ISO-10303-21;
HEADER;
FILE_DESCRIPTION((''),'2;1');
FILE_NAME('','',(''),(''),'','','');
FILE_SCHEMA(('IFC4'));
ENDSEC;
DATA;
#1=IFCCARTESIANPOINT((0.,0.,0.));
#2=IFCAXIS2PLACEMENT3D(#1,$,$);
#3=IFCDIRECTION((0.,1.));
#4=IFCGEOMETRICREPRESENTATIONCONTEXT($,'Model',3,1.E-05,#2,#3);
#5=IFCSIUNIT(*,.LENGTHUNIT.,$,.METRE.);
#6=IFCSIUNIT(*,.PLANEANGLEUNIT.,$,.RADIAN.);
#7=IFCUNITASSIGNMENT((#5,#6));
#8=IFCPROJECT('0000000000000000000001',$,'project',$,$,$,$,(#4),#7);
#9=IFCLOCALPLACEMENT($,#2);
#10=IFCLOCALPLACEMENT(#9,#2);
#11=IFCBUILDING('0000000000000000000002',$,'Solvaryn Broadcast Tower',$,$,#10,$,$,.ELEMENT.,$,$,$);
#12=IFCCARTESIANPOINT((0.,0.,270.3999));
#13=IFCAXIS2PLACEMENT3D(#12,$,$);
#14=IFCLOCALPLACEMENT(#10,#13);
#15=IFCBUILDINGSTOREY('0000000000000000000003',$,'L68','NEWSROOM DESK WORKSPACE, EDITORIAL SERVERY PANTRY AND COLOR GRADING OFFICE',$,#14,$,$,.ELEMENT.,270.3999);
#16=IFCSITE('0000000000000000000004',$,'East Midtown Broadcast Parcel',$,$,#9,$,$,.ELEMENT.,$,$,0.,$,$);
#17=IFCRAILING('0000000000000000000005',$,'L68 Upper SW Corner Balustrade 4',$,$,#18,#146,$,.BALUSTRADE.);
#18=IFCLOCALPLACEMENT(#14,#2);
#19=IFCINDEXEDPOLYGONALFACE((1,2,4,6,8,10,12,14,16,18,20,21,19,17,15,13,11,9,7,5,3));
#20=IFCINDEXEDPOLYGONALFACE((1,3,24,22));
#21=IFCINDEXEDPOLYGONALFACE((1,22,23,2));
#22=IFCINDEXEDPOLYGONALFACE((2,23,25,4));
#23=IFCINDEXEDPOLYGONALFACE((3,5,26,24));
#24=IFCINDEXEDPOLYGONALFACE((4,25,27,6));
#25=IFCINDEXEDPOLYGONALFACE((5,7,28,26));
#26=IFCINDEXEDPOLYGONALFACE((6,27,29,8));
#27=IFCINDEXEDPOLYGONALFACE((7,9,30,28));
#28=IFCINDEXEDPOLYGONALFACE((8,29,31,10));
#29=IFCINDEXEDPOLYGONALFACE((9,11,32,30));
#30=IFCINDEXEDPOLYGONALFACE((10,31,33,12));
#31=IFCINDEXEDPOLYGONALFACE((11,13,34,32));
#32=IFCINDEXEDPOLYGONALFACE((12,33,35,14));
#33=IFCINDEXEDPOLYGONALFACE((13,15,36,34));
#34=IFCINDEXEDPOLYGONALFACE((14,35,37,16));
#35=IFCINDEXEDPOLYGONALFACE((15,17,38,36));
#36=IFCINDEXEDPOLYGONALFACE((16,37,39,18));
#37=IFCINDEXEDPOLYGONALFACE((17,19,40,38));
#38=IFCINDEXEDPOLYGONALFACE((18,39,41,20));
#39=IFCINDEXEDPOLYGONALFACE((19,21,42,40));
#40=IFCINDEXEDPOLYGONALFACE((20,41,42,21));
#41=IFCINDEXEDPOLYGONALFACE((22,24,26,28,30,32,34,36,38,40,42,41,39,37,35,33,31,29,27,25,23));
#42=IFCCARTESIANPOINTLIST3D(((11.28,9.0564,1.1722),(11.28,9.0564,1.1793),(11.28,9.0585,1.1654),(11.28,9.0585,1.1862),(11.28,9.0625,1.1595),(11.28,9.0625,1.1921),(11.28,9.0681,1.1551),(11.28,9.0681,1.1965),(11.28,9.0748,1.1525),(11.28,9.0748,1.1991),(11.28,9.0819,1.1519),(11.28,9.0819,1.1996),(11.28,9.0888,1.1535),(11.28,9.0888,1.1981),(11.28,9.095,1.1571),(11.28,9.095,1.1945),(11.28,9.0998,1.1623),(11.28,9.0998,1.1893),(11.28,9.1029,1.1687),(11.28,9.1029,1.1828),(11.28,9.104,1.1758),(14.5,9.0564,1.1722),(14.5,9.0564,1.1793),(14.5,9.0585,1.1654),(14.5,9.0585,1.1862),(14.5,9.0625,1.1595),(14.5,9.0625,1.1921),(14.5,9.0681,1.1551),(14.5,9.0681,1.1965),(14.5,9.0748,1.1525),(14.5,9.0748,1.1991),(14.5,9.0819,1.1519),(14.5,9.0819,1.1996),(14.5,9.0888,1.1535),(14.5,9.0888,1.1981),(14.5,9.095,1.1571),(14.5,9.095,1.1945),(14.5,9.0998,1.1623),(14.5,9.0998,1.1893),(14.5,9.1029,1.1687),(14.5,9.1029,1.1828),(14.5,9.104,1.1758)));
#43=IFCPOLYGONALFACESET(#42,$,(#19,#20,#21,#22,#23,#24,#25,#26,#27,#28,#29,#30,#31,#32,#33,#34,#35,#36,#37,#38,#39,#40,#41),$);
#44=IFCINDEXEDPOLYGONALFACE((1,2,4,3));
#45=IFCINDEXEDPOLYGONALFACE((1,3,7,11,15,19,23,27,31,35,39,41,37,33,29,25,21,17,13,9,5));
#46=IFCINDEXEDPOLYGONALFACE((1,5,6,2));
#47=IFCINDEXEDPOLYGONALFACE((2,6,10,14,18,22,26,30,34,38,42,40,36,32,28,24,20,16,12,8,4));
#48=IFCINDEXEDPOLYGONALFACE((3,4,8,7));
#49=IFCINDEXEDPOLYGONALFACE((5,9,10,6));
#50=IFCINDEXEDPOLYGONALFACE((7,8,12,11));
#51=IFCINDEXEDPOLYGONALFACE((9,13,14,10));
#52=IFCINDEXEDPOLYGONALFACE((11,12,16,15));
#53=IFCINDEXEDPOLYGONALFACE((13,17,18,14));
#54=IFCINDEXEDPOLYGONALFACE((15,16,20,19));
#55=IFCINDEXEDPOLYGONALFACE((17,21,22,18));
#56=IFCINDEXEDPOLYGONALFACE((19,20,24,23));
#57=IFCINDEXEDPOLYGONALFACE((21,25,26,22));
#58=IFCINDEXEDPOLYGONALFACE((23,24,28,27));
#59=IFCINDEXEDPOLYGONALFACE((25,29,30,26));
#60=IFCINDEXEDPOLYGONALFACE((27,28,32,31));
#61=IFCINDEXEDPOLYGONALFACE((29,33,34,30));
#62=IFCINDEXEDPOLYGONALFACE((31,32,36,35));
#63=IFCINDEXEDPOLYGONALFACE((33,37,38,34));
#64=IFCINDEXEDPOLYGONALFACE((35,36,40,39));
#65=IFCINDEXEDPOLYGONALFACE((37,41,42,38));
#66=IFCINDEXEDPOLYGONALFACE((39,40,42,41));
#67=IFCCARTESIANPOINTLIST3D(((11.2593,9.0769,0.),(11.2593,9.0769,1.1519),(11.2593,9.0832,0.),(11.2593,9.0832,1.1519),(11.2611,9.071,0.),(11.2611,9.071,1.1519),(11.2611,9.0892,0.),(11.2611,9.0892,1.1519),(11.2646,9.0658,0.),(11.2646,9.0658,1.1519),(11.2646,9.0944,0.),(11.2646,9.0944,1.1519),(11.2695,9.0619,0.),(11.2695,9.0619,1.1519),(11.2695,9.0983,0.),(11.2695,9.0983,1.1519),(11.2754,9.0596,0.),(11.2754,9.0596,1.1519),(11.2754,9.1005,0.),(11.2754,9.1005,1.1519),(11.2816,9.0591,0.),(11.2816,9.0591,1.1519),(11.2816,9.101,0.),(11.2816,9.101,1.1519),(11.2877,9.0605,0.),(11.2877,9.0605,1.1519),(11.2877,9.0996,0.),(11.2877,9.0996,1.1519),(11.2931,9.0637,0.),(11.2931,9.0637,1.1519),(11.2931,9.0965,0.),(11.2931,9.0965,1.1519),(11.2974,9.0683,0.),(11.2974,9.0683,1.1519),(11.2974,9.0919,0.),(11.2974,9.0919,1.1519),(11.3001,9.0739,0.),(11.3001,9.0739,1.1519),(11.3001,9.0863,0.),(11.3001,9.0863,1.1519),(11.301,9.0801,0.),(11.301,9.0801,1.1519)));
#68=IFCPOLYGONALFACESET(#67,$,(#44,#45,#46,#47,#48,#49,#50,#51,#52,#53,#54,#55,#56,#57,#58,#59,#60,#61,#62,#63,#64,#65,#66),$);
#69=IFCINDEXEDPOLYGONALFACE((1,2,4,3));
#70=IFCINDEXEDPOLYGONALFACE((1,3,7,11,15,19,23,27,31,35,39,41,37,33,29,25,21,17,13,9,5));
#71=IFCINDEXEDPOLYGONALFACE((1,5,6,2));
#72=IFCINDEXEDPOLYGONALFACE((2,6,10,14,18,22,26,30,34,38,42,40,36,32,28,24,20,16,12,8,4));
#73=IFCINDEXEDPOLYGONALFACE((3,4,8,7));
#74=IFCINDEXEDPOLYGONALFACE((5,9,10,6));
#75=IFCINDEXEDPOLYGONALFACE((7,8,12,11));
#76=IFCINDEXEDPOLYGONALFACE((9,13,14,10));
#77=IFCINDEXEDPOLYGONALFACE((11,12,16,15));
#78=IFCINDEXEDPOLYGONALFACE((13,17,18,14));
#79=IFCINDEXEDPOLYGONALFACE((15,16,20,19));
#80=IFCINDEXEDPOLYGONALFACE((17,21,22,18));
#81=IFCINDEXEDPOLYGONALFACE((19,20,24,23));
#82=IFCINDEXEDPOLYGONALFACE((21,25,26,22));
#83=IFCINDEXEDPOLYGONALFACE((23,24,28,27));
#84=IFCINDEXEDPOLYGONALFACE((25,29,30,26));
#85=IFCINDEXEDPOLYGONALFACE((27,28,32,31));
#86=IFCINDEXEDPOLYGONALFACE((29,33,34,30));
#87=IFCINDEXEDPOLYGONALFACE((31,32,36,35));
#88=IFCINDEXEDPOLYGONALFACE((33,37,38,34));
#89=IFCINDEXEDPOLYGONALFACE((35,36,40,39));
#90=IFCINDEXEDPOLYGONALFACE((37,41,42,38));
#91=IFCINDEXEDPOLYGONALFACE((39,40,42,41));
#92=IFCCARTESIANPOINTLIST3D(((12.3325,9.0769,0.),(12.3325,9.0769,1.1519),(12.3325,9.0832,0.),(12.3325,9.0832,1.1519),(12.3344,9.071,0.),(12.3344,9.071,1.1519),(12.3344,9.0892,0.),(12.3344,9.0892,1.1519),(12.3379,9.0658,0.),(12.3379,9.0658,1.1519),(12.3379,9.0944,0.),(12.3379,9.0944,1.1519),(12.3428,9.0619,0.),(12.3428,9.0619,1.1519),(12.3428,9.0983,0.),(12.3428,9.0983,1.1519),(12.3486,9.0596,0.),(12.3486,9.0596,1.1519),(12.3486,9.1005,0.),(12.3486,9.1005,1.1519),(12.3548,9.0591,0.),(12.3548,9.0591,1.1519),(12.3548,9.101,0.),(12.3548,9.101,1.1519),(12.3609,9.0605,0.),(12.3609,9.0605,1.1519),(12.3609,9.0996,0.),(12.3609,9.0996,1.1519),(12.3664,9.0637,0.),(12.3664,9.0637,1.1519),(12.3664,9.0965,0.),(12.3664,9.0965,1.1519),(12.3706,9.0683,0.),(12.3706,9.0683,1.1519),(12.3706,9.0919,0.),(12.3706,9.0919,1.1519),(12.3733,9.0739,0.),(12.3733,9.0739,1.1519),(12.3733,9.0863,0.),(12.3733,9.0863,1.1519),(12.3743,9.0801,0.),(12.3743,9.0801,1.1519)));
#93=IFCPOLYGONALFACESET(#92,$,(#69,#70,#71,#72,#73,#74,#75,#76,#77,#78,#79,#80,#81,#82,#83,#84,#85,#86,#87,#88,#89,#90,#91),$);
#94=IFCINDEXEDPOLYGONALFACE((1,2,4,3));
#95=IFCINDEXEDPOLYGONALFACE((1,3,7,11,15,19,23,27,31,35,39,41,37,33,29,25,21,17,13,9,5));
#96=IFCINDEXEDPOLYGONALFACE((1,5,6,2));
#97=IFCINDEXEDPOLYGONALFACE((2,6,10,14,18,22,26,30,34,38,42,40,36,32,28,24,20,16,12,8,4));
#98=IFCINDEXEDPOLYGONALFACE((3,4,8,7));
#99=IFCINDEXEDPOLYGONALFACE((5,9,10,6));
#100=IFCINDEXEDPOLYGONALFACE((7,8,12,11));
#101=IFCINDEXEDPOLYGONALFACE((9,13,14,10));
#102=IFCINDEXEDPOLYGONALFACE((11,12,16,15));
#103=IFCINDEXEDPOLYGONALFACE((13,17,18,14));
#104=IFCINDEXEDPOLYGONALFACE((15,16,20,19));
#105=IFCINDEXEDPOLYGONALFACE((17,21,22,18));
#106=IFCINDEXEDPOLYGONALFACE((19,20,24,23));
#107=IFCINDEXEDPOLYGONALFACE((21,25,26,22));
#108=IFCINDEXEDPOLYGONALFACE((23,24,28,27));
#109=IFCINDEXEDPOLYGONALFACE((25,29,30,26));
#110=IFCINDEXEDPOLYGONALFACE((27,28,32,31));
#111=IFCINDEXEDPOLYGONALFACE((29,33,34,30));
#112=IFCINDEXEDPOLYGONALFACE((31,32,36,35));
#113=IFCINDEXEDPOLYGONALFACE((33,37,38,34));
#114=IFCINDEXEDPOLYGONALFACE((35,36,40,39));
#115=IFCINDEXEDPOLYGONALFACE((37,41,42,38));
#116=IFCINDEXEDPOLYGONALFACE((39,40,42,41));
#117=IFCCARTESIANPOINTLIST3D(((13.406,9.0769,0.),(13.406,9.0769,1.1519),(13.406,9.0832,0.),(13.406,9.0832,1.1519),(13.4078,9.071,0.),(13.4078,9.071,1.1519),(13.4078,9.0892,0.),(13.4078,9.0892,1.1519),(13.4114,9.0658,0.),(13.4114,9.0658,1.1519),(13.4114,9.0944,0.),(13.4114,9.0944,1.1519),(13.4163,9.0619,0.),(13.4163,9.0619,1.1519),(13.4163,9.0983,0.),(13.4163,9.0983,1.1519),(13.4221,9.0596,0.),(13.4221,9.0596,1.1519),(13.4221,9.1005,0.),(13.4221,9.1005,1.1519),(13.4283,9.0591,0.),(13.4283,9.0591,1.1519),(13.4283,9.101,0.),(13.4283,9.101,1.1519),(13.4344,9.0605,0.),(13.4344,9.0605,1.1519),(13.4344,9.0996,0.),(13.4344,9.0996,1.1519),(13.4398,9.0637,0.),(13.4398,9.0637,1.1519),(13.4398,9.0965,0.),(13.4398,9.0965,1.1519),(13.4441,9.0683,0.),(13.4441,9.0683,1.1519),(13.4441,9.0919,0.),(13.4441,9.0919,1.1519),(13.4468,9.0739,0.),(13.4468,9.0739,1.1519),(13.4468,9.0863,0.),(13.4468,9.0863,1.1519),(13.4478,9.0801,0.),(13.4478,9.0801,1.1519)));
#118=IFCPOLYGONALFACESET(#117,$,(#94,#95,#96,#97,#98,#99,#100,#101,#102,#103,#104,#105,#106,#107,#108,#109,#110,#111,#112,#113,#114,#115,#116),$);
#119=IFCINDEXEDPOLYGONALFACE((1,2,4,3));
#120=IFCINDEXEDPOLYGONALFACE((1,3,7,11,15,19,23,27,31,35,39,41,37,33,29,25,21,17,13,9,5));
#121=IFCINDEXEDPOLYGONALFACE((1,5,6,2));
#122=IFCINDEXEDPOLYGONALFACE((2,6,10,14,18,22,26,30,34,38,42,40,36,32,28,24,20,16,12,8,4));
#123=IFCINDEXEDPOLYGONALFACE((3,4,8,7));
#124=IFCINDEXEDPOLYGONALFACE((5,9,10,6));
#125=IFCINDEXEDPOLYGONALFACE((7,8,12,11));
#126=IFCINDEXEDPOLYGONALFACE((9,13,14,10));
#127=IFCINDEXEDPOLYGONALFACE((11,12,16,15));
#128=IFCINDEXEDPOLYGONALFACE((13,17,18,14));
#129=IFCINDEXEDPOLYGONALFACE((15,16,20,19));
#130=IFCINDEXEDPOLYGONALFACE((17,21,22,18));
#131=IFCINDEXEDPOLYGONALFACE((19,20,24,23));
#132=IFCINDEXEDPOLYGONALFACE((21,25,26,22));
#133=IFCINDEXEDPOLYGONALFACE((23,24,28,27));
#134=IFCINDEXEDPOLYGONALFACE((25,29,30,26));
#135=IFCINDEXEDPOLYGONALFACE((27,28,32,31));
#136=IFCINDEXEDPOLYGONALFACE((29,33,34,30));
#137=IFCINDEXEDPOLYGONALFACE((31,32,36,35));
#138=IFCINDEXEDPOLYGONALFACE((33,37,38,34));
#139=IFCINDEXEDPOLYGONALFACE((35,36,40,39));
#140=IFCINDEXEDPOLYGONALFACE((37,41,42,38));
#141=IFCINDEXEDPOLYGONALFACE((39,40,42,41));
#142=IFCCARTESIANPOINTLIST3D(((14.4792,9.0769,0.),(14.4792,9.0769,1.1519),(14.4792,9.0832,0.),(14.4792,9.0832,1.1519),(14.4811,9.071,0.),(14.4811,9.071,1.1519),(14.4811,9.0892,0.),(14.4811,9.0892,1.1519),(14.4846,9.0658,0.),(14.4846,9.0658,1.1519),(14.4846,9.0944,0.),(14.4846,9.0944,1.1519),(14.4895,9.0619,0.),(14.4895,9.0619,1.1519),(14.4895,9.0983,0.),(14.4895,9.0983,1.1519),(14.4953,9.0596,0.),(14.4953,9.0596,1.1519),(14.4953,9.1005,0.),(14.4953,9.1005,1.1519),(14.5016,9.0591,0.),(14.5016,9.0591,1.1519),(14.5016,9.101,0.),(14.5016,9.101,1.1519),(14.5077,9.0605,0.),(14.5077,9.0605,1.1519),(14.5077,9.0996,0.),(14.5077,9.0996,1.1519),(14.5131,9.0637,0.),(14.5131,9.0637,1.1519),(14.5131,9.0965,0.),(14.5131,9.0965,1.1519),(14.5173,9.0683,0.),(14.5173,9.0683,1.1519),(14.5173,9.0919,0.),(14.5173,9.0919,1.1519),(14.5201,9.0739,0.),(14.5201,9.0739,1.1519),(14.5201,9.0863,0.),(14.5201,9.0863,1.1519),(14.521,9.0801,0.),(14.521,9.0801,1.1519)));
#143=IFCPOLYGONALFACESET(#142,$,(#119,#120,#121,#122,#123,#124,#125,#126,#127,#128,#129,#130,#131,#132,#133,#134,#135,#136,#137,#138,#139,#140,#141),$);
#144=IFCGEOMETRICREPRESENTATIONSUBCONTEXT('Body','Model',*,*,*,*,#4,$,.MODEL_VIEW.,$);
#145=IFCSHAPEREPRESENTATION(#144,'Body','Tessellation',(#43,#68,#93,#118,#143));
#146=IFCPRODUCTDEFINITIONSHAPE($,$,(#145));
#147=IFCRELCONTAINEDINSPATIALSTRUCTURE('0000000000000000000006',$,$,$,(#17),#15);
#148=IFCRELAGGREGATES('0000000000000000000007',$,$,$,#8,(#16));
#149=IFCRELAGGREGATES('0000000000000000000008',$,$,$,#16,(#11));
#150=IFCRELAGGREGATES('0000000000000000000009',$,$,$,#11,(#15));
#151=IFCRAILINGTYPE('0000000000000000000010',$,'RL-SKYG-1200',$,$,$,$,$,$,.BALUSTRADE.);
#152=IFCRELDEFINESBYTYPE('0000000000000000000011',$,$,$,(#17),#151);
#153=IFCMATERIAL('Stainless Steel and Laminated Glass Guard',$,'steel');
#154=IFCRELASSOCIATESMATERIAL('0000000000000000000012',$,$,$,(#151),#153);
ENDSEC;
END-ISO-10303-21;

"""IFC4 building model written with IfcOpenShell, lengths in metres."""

from ifc_helpers import new_model, si_unit, direction, frame, origin, origin_2d, place, context, subcontext, project, spatial, circle, extrude, material, type_object, element, save


model = new_model("IFC4")

# Units and contexts
model_context = context("Model", 3, precision=1e-05, world=origin(), true_north=direction((0.0, 1.0)))
body_context = subcontext(model_context, "Body", "Model", "MODEL_VIEW")
ifc_project = project(units=[si_unit("LENGTHUNIT", "METRE"), si_unit("PLANEANGLEUNIT", "RADIAN")], contexts=[model_context])

# Site, building, storey
site_placement = place(None, origin())
site = spatial("IfcSite", under=ifc_project, at=site_placement, Name="East Midtown Broadcast Parcel", CompositionType="ELEMENT", RefElevation=0.0)
building_placement = place(site_placement, origin())
building = spatial("IfcBuilding", under=site, at=building_placement, Name="Solvaryn Broadcast Tower", CompositionType="ELEMENT")
storey_placement = place(building_placement, frame((0.0, 0.0, 270.3999)))
storey = spatial("IfcBuildingStorey", under=building, at=storey_placement, Name="L68", Description="NEWSROOM DESK WORKSPACE, EDITORIAL SERVERY PANTRY AND COLOR GRADING OFFICE", CompositionType="ELEMENT", Elevation=270.3999)

# Railing
ifc_material_1 = material(Name="Stainless Steel and Laminated Glass Guard", Category="steel")
railing_type = type_object("IfcRailingType", Name="RL-SKYG-1200", PredefinedType="BALUSTRADE", material=ifc_material_1)
railing_1_placement = place(storey_placement, frame((11.28, 9.0801, 0.0)))
element("IfcRailing", 1, at=railing_1_placement, inside=storey, type_object=railing_type, Name="L68 Upper SW Corner Balustrade 4", PredefinedType="BALUSTRADE", context=body_context, shape_type="SweptSolid", body=[
    extrude(circle(Radius=0.0239, at=origin_2d()), frame((0.0, 0.0, 1.1758), z_axis=(1.0, 0.0, 0.0), x_axis=(0.0, 1.0, 0.0)), (0.0, 0.0, 1.0), 3.22),
    extrude(circle(Radius=0.021, at=origin_2d()), origin(), (0.0, 0.0, 1.0), 1.1519),
    extrude(circle(Radius=0.021, at=origin_2d()), frame((1.0732, 0.0, 0.0)), (0.0, 0.0, 1.0), 1.1519),
    extrude(circle(Radius=0.021, at=origin_2d()), frame((2.1467, 0.0, 0.0)), (0.0, 0.0, 1.0), 1.1519),
    extrude(circle(Radius=0.021, at=origin_2d()), frame((3.22, 0.0, 0.0)), (0.0, 0.0, 1.0), 1.1519),
])

save(model, "model.ifc")
